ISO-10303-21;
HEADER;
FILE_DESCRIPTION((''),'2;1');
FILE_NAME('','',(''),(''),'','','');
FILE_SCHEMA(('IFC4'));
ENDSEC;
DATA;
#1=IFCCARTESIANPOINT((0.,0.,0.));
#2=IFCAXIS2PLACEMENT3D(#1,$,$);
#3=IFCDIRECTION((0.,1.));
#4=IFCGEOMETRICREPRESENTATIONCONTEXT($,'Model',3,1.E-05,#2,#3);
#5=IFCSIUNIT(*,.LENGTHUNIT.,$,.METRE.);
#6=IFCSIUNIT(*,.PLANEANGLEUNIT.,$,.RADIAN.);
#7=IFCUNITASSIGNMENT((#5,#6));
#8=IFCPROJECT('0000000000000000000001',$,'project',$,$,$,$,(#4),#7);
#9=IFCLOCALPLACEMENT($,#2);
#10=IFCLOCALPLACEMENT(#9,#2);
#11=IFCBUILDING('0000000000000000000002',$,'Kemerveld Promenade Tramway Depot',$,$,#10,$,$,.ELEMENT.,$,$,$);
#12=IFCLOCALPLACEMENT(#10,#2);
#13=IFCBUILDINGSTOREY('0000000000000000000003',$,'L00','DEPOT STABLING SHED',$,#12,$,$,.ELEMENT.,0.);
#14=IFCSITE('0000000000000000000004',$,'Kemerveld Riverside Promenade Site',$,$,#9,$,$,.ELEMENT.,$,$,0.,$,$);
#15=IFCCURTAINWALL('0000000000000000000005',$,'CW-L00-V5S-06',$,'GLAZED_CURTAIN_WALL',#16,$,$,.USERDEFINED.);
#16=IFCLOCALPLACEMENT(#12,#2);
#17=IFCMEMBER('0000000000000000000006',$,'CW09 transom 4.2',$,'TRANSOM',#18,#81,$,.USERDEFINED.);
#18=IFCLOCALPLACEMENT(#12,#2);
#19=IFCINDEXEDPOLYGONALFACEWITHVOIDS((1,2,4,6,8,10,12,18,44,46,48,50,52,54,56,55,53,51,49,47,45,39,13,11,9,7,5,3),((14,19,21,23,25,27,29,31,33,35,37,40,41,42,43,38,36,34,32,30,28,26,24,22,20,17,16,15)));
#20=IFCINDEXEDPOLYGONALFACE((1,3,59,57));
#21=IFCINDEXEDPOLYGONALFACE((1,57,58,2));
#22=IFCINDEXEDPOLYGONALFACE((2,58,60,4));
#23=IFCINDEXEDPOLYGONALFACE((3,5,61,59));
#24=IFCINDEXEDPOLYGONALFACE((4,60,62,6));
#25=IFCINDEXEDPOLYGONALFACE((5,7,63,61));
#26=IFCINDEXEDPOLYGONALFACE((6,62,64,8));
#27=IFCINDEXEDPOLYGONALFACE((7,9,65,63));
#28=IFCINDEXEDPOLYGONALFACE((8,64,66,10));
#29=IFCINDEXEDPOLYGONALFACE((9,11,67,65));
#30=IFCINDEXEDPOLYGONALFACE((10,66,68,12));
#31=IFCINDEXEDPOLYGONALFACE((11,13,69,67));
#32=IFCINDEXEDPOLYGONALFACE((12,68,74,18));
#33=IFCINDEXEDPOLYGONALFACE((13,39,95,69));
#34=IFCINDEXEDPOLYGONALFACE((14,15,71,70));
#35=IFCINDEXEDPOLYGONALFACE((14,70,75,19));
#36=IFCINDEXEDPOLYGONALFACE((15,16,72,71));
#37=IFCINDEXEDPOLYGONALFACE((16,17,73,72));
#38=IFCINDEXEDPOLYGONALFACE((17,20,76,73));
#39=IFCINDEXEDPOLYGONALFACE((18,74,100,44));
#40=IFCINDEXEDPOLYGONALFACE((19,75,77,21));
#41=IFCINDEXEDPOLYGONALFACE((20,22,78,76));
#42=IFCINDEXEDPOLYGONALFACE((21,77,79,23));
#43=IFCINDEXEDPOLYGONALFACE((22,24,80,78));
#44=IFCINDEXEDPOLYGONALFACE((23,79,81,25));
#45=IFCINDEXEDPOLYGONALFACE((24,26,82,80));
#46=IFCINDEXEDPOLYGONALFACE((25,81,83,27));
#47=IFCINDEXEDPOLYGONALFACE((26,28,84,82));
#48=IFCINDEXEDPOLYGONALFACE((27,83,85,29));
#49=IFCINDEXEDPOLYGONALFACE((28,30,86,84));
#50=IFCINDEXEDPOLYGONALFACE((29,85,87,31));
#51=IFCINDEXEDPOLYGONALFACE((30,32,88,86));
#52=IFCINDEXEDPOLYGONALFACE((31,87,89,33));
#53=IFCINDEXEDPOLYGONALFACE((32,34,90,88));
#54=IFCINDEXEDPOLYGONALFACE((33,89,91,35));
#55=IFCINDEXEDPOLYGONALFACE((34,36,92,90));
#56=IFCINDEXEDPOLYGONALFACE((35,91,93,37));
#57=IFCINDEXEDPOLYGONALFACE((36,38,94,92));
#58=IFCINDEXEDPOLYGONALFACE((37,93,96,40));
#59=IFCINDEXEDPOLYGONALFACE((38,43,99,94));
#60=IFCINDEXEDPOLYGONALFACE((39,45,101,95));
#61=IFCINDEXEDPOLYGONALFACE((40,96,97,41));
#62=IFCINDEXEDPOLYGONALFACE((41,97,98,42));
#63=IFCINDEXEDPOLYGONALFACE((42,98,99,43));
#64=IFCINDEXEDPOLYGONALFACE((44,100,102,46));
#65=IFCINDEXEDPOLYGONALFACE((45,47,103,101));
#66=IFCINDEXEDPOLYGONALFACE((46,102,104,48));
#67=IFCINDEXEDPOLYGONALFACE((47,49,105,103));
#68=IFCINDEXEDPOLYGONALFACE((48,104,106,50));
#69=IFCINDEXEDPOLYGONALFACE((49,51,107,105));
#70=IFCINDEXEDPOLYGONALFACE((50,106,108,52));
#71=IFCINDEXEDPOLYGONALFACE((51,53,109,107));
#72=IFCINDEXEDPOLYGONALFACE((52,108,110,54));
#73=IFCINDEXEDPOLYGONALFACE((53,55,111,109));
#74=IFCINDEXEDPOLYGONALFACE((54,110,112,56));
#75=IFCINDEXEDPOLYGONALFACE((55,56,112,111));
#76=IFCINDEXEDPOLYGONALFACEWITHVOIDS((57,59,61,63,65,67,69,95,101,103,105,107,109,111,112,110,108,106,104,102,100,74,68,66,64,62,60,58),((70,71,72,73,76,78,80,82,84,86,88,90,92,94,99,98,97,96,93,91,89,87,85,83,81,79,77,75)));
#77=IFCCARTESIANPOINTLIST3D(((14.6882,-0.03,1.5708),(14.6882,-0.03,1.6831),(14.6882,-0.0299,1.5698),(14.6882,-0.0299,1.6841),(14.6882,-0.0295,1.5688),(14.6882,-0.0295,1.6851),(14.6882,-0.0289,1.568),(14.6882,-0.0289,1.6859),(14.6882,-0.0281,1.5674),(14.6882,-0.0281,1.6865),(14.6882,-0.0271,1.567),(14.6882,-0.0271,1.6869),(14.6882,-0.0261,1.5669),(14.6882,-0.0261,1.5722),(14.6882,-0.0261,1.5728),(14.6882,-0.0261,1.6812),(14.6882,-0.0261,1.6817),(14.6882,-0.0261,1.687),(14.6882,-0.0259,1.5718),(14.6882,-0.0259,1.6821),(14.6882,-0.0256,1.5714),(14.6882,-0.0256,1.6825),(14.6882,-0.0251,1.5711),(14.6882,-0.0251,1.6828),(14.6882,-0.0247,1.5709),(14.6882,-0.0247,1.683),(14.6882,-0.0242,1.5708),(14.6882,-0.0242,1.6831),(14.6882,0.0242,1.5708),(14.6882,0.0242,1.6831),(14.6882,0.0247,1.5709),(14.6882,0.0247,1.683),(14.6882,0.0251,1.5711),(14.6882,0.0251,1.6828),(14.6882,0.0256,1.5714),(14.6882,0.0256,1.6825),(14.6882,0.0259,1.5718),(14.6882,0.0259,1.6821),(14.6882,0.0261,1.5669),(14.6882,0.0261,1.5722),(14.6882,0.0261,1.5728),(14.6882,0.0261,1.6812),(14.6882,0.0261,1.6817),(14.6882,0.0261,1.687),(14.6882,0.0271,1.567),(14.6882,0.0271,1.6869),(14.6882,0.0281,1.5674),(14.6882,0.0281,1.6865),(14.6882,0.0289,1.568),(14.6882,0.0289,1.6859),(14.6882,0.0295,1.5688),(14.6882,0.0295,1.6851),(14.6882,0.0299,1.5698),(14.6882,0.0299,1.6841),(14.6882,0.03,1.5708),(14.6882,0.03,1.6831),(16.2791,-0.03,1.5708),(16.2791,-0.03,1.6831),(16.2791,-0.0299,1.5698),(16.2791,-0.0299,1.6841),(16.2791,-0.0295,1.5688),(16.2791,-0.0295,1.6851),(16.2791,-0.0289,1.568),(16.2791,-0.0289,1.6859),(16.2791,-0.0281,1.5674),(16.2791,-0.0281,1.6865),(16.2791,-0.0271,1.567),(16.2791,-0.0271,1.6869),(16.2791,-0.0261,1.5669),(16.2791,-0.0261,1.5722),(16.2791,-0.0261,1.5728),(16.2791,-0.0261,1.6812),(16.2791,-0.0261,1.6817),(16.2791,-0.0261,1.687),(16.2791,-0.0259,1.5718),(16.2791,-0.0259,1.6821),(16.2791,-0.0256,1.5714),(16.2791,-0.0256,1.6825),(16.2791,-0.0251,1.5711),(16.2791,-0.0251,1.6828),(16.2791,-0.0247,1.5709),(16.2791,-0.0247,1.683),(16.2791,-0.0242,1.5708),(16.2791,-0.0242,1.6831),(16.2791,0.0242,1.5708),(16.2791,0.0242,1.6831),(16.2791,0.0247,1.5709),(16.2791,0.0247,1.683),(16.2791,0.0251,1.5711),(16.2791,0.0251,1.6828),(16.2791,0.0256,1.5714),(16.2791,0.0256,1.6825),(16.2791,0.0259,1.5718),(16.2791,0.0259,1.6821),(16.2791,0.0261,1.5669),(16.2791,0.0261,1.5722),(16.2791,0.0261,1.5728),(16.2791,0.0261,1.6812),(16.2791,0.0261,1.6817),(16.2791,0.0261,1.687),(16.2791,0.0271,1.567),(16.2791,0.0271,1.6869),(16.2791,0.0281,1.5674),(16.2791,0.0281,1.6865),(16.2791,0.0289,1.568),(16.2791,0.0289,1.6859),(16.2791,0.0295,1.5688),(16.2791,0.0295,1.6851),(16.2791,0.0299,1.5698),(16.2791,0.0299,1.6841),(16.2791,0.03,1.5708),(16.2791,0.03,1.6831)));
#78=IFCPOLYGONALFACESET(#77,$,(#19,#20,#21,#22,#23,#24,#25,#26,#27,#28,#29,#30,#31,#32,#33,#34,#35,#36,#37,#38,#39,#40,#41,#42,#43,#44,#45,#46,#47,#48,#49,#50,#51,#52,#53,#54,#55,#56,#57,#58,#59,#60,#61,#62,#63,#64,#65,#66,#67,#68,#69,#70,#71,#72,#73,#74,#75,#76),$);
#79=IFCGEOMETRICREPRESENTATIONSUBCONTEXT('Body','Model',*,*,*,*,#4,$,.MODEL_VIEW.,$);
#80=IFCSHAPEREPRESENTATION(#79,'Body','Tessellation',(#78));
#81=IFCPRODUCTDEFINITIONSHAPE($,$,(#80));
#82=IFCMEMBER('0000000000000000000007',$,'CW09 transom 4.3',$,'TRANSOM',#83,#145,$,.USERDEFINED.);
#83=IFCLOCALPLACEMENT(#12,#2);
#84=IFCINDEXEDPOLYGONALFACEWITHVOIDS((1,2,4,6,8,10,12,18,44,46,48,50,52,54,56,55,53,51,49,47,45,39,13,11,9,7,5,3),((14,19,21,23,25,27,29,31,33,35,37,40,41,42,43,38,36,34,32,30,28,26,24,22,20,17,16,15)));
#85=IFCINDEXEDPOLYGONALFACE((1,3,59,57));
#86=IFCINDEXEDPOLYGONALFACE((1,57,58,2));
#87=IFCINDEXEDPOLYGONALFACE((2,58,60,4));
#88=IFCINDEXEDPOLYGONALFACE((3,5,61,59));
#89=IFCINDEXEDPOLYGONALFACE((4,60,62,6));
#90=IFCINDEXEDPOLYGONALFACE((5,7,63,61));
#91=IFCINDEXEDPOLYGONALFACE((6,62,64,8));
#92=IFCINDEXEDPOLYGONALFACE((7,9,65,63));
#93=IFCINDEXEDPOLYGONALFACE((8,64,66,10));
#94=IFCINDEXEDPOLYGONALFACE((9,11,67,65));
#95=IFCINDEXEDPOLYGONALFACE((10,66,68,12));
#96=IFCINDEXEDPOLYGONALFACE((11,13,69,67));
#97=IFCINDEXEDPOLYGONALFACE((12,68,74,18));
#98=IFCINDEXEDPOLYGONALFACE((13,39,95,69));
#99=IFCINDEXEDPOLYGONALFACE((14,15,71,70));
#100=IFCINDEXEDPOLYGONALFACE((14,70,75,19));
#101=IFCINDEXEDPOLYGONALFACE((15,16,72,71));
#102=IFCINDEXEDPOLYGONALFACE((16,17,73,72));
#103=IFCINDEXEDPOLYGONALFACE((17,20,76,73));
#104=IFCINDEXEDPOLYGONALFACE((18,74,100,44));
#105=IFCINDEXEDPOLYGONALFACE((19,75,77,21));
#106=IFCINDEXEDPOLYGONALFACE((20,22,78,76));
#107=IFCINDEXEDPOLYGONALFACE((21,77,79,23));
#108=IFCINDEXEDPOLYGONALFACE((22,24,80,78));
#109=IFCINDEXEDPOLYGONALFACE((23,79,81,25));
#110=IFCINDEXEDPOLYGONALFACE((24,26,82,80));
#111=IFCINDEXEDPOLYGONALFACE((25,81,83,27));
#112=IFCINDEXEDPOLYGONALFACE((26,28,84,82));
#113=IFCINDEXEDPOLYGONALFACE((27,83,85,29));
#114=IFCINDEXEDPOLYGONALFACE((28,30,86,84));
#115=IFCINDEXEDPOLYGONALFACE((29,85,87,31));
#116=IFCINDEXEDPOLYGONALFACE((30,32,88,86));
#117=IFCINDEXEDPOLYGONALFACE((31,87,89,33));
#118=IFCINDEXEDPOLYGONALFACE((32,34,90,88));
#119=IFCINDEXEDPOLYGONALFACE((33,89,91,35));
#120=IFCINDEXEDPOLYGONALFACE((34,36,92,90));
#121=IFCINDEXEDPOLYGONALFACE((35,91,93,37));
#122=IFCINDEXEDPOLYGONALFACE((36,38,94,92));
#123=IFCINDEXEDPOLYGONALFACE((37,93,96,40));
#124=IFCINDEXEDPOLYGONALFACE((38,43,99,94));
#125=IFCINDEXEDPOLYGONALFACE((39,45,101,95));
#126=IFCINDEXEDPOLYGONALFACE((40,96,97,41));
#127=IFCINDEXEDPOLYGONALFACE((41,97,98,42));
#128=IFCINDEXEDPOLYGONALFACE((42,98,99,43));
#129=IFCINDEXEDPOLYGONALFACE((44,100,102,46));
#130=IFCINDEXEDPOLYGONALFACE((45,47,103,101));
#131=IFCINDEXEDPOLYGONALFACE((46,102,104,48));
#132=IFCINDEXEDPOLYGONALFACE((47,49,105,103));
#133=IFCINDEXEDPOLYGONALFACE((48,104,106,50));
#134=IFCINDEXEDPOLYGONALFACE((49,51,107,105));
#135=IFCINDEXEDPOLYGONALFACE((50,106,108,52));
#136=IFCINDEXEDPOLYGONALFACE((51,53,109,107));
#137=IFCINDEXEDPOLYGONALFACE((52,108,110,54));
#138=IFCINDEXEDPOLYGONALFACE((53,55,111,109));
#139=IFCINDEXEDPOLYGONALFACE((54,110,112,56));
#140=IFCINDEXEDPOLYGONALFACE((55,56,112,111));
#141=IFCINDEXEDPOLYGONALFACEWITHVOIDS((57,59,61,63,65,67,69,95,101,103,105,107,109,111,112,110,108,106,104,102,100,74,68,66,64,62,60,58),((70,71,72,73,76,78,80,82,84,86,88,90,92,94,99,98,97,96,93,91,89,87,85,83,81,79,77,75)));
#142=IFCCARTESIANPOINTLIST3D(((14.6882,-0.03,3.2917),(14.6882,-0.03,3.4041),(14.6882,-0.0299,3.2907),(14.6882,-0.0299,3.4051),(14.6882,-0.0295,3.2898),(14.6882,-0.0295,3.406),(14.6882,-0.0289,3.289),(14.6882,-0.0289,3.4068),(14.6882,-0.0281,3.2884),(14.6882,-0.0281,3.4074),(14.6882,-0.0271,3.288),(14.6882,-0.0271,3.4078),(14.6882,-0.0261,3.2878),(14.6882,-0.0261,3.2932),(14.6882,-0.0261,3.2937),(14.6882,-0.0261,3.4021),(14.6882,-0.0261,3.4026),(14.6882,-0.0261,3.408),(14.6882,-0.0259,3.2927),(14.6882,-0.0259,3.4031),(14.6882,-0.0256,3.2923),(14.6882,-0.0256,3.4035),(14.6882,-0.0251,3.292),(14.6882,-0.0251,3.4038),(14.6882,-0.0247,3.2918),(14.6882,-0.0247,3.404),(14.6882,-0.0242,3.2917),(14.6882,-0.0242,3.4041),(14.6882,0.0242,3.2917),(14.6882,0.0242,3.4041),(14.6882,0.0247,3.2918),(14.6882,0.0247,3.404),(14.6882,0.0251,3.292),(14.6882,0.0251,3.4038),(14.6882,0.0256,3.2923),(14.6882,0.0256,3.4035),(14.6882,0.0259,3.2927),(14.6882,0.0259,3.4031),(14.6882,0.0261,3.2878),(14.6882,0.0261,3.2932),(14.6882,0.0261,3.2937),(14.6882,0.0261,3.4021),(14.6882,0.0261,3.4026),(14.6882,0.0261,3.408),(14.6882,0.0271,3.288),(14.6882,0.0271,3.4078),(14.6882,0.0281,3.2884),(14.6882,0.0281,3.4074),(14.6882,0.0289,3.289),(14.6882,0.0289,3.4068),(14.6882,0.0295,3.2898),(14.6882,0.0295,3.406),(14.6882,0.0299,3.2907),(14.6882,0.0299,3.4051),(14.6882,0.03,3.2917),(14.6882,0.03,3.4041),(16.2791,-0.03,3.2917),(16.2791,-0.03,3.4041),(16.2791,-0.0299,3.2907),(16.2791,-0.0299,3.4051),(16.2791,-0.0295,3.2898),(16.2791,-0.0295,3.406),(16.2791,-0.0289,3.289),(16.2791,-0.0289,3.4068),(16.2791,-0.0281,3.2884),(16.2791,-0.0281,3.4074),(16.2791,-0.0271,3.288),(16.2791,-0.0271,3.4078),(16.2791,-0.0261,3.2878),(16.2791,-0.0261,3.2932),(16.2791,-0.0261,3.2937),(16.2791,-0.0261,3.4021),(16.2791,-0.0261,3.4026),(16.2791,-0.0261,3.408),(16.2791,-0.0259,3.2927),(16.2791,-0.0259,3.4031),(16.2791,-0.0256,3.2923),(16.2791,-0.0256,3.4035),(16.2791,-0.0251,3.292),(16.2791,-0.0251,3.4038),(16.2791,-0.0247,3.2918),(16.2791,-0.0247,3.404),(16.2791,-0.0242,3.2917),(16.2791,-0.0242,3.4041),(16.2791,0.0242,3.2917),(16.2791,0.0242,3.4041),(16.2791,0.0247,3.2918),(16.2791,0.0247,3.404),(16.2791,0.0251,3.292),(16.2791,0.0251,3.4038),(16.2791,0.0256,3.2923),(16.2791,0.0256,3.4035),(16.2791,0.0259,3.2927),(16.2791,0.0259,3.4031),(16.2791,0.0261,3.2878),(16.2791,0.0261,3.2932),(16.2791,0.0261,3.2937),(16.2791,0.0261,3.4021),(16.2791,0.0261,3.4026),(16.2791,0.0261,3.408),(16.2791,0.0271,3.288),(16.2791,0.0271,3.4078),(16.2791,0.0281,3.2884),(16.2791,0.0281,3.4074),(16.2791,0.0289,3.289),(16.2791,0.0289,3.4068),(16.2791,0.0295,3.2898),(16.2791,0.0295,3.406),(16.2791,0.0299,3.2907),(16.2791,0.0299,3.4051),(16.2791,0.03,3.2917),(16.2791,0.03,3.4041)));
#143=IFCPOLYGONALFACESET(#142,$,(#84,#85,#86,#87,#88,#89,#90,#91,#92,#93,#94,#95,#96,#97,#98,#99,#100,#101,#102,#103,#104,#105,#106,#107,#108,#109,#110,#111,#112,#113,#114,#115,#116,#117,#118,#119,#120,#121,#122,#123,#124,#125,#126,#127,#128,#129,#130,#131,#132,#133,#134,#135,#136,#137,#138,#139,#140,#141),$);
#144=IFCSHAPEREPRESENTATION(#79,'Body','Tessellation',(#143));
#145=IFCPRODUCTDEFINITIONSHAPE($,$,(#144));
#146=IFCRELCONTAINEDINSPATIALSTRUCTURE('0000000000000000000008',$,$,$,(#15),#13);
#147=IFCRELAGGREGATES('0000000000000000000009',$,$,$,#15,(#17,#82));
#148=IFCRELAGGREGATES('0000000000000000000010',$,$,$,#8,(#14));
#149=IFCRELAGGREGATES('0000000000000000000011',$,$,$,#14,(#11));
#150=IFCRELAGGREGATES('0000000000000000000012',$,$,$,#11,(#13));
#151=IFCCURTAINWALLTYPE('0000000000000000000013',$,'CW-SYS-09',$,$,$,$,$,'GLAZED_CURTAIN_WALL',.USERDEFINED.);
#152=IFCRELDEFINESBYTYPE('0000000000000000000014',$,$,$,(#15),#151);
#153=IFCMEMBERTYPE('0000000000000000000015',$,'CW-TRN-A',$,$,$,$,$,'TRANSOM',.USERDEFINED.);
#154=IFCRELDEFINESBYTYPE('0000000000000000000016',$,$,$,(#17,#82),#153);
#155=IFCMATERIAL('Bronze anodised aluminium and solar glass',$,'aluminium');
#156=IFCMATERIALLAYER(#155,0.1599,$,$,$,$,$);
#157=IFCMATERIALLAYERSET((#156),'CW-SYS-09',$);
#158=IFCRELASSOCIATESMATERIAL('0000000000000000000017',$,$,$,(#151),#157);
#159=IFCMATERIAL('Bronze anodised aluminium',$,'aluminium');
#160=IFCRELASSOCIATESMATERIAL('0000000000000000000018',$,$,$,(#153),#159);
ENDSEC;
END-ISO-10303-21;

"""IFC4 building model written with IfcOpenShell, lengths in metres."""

from ifc_helpers import new_model, si_unit, direction, frame, origin, origin_2d, place, context, subcontext, project, spatial, hollow_rectangle, extrude, material, layer, layer_set, material_profile, profile_set, type_object, element, aggregate, save


model = new_model("IFC4")

# Units and contexts
model_context = context("Model", 3, precision=1e-05, world=origin(), true_north=direction((0.0, 1.0)))
body_context = subcontext(model_context, "Body", "Model", "MODEL_VIEW")
ifc_project = project(units=[si_unit("LENGTHUNIT", "METRE"), si_unit("PLANEANGLEUNIT", "RADIAN")], contexts=[model_context])

# Site, building, storey
site_placement = place(None, origin())
site = spatial("IfcSite", under=ifc_project, at=site_placement, Name="Kemerveld Riverside Promenade Site", CompositionType="ELEMENT", RefElevation=0.0)
building_placement = place(site_placement, origin())
building = spatial("IfcBuilding", under=site, at=building_placement, Name="Kemerveld Promenade Tramway Depot", CompositionType="ELEMENT")
storey_placement = place(building_placement, origin())
storey = spatial("IfcBuildingStorey", under=building, at=storey_placement, Name="L00", Description="DEPOT STABLING SHED", CompositionType="ELEMENT", Elevation=0.0)

# Curtain wall, members
ifc_material_1 = material(Name="Bronze anodised aluminium and solar glass", Category="aluminium")
ifc_layer_1 = layer(ifc_material_1, 0.1599)
ifc_layer_set_1 = layer_set([ifc_layer_1], Name="CW-SYS-09")
curtain_wall_type = type_object("IfcCurtainWallType", Name="CW-SYS-09", ElementType="GLAZED_CURTAIN_WALL", PredefinedType="USERDEFINED", material=ifc_layer_set_1)
curtain_wall_placement = place(storey_placement, origin())
curtain_wall = element("IfcCurtainWall", 1, at=curtain_wall_placement, inside=storey, type_object=curtain_wall_type, Name="CW-L00-V5S-06", ObjectType="GLAZED_CURTAIN_WALL", PredefinedType="USERDEFINED")
ifc_material_2 = material(Name="Bronze anodised aluminium", Category="aluminium")
ifc_material_profile_1 = material_profile(ifc_material_2, hollow_rectangle(XDim=0.0601, YDim=0.1201, WallThickness=0.0039, InnerFilletRadius=0.002, OuterFilletRadius=0.0039, at=origin_2d()), Name="CW-TRN-120x60")
ifc_profile_set_1 = profile_set([ifc_material_profile_1], Name="Bronze anodised aluminium")
member_type_1 = type_object("IfcMemberType", Name="CW-TRN-A", ElementType="TRANSOM", PredefinedType="USERDEFINED", material=ifc_profile_set_1)
member_1_placement = place(storey_placement, frame((16.2791, 0.0, 1.627), z_axis=(-1.0, 0.0, 0.0), x_axis=(0.0, -1.0, 0.0)))
member_1 = element("IfcMember", 2, at=member_1_placement, type_object=member_type_1, Name="CW09 transom 4.2", ObjectType="TRANSOM", PredefinedType="USERDEFINED", context=body_context, shape_type="SweptSolid", body=[
    extrude(hollow_rectangle(XDim=0.0601, YDim=0.1201, WallThickness=0.0039, InnerFilletRadius=0.002, OuterFilletRadius=0.0039, at=origin_2d()), origin(), (0.0, 0.0, 1.0), 1.5908),
])
member_2_placement = place(storey_placement, frame((16.2791, 0.0, 3.3479), z_axis=(-1.0, 0.0, 0.0), x_axis=(0.0, -1.0, 0.0)))
member_2 = element("IfcMember", 3, at=member_2_placement, type_object=member_type_1, Name="CW09 transom 4.3", ObjectType="TRANSOM", PredefinedType="USERDEFINED", context=body_context, shape_type="SweptSolid", body=[
    extrude(hollow_rectangle(XDim=0.0601, YDim=0.1201, WallThickness=0.0039, InnerFilletRadius=0.002, OuterFilletRadius=0.0039, at=origin_2d()), origin(), (0.0, 0.0, 1.0), 1.5908),
])
aggregate(curtain_wall, [member_1, member_2])

save(model, "model.ifc")
